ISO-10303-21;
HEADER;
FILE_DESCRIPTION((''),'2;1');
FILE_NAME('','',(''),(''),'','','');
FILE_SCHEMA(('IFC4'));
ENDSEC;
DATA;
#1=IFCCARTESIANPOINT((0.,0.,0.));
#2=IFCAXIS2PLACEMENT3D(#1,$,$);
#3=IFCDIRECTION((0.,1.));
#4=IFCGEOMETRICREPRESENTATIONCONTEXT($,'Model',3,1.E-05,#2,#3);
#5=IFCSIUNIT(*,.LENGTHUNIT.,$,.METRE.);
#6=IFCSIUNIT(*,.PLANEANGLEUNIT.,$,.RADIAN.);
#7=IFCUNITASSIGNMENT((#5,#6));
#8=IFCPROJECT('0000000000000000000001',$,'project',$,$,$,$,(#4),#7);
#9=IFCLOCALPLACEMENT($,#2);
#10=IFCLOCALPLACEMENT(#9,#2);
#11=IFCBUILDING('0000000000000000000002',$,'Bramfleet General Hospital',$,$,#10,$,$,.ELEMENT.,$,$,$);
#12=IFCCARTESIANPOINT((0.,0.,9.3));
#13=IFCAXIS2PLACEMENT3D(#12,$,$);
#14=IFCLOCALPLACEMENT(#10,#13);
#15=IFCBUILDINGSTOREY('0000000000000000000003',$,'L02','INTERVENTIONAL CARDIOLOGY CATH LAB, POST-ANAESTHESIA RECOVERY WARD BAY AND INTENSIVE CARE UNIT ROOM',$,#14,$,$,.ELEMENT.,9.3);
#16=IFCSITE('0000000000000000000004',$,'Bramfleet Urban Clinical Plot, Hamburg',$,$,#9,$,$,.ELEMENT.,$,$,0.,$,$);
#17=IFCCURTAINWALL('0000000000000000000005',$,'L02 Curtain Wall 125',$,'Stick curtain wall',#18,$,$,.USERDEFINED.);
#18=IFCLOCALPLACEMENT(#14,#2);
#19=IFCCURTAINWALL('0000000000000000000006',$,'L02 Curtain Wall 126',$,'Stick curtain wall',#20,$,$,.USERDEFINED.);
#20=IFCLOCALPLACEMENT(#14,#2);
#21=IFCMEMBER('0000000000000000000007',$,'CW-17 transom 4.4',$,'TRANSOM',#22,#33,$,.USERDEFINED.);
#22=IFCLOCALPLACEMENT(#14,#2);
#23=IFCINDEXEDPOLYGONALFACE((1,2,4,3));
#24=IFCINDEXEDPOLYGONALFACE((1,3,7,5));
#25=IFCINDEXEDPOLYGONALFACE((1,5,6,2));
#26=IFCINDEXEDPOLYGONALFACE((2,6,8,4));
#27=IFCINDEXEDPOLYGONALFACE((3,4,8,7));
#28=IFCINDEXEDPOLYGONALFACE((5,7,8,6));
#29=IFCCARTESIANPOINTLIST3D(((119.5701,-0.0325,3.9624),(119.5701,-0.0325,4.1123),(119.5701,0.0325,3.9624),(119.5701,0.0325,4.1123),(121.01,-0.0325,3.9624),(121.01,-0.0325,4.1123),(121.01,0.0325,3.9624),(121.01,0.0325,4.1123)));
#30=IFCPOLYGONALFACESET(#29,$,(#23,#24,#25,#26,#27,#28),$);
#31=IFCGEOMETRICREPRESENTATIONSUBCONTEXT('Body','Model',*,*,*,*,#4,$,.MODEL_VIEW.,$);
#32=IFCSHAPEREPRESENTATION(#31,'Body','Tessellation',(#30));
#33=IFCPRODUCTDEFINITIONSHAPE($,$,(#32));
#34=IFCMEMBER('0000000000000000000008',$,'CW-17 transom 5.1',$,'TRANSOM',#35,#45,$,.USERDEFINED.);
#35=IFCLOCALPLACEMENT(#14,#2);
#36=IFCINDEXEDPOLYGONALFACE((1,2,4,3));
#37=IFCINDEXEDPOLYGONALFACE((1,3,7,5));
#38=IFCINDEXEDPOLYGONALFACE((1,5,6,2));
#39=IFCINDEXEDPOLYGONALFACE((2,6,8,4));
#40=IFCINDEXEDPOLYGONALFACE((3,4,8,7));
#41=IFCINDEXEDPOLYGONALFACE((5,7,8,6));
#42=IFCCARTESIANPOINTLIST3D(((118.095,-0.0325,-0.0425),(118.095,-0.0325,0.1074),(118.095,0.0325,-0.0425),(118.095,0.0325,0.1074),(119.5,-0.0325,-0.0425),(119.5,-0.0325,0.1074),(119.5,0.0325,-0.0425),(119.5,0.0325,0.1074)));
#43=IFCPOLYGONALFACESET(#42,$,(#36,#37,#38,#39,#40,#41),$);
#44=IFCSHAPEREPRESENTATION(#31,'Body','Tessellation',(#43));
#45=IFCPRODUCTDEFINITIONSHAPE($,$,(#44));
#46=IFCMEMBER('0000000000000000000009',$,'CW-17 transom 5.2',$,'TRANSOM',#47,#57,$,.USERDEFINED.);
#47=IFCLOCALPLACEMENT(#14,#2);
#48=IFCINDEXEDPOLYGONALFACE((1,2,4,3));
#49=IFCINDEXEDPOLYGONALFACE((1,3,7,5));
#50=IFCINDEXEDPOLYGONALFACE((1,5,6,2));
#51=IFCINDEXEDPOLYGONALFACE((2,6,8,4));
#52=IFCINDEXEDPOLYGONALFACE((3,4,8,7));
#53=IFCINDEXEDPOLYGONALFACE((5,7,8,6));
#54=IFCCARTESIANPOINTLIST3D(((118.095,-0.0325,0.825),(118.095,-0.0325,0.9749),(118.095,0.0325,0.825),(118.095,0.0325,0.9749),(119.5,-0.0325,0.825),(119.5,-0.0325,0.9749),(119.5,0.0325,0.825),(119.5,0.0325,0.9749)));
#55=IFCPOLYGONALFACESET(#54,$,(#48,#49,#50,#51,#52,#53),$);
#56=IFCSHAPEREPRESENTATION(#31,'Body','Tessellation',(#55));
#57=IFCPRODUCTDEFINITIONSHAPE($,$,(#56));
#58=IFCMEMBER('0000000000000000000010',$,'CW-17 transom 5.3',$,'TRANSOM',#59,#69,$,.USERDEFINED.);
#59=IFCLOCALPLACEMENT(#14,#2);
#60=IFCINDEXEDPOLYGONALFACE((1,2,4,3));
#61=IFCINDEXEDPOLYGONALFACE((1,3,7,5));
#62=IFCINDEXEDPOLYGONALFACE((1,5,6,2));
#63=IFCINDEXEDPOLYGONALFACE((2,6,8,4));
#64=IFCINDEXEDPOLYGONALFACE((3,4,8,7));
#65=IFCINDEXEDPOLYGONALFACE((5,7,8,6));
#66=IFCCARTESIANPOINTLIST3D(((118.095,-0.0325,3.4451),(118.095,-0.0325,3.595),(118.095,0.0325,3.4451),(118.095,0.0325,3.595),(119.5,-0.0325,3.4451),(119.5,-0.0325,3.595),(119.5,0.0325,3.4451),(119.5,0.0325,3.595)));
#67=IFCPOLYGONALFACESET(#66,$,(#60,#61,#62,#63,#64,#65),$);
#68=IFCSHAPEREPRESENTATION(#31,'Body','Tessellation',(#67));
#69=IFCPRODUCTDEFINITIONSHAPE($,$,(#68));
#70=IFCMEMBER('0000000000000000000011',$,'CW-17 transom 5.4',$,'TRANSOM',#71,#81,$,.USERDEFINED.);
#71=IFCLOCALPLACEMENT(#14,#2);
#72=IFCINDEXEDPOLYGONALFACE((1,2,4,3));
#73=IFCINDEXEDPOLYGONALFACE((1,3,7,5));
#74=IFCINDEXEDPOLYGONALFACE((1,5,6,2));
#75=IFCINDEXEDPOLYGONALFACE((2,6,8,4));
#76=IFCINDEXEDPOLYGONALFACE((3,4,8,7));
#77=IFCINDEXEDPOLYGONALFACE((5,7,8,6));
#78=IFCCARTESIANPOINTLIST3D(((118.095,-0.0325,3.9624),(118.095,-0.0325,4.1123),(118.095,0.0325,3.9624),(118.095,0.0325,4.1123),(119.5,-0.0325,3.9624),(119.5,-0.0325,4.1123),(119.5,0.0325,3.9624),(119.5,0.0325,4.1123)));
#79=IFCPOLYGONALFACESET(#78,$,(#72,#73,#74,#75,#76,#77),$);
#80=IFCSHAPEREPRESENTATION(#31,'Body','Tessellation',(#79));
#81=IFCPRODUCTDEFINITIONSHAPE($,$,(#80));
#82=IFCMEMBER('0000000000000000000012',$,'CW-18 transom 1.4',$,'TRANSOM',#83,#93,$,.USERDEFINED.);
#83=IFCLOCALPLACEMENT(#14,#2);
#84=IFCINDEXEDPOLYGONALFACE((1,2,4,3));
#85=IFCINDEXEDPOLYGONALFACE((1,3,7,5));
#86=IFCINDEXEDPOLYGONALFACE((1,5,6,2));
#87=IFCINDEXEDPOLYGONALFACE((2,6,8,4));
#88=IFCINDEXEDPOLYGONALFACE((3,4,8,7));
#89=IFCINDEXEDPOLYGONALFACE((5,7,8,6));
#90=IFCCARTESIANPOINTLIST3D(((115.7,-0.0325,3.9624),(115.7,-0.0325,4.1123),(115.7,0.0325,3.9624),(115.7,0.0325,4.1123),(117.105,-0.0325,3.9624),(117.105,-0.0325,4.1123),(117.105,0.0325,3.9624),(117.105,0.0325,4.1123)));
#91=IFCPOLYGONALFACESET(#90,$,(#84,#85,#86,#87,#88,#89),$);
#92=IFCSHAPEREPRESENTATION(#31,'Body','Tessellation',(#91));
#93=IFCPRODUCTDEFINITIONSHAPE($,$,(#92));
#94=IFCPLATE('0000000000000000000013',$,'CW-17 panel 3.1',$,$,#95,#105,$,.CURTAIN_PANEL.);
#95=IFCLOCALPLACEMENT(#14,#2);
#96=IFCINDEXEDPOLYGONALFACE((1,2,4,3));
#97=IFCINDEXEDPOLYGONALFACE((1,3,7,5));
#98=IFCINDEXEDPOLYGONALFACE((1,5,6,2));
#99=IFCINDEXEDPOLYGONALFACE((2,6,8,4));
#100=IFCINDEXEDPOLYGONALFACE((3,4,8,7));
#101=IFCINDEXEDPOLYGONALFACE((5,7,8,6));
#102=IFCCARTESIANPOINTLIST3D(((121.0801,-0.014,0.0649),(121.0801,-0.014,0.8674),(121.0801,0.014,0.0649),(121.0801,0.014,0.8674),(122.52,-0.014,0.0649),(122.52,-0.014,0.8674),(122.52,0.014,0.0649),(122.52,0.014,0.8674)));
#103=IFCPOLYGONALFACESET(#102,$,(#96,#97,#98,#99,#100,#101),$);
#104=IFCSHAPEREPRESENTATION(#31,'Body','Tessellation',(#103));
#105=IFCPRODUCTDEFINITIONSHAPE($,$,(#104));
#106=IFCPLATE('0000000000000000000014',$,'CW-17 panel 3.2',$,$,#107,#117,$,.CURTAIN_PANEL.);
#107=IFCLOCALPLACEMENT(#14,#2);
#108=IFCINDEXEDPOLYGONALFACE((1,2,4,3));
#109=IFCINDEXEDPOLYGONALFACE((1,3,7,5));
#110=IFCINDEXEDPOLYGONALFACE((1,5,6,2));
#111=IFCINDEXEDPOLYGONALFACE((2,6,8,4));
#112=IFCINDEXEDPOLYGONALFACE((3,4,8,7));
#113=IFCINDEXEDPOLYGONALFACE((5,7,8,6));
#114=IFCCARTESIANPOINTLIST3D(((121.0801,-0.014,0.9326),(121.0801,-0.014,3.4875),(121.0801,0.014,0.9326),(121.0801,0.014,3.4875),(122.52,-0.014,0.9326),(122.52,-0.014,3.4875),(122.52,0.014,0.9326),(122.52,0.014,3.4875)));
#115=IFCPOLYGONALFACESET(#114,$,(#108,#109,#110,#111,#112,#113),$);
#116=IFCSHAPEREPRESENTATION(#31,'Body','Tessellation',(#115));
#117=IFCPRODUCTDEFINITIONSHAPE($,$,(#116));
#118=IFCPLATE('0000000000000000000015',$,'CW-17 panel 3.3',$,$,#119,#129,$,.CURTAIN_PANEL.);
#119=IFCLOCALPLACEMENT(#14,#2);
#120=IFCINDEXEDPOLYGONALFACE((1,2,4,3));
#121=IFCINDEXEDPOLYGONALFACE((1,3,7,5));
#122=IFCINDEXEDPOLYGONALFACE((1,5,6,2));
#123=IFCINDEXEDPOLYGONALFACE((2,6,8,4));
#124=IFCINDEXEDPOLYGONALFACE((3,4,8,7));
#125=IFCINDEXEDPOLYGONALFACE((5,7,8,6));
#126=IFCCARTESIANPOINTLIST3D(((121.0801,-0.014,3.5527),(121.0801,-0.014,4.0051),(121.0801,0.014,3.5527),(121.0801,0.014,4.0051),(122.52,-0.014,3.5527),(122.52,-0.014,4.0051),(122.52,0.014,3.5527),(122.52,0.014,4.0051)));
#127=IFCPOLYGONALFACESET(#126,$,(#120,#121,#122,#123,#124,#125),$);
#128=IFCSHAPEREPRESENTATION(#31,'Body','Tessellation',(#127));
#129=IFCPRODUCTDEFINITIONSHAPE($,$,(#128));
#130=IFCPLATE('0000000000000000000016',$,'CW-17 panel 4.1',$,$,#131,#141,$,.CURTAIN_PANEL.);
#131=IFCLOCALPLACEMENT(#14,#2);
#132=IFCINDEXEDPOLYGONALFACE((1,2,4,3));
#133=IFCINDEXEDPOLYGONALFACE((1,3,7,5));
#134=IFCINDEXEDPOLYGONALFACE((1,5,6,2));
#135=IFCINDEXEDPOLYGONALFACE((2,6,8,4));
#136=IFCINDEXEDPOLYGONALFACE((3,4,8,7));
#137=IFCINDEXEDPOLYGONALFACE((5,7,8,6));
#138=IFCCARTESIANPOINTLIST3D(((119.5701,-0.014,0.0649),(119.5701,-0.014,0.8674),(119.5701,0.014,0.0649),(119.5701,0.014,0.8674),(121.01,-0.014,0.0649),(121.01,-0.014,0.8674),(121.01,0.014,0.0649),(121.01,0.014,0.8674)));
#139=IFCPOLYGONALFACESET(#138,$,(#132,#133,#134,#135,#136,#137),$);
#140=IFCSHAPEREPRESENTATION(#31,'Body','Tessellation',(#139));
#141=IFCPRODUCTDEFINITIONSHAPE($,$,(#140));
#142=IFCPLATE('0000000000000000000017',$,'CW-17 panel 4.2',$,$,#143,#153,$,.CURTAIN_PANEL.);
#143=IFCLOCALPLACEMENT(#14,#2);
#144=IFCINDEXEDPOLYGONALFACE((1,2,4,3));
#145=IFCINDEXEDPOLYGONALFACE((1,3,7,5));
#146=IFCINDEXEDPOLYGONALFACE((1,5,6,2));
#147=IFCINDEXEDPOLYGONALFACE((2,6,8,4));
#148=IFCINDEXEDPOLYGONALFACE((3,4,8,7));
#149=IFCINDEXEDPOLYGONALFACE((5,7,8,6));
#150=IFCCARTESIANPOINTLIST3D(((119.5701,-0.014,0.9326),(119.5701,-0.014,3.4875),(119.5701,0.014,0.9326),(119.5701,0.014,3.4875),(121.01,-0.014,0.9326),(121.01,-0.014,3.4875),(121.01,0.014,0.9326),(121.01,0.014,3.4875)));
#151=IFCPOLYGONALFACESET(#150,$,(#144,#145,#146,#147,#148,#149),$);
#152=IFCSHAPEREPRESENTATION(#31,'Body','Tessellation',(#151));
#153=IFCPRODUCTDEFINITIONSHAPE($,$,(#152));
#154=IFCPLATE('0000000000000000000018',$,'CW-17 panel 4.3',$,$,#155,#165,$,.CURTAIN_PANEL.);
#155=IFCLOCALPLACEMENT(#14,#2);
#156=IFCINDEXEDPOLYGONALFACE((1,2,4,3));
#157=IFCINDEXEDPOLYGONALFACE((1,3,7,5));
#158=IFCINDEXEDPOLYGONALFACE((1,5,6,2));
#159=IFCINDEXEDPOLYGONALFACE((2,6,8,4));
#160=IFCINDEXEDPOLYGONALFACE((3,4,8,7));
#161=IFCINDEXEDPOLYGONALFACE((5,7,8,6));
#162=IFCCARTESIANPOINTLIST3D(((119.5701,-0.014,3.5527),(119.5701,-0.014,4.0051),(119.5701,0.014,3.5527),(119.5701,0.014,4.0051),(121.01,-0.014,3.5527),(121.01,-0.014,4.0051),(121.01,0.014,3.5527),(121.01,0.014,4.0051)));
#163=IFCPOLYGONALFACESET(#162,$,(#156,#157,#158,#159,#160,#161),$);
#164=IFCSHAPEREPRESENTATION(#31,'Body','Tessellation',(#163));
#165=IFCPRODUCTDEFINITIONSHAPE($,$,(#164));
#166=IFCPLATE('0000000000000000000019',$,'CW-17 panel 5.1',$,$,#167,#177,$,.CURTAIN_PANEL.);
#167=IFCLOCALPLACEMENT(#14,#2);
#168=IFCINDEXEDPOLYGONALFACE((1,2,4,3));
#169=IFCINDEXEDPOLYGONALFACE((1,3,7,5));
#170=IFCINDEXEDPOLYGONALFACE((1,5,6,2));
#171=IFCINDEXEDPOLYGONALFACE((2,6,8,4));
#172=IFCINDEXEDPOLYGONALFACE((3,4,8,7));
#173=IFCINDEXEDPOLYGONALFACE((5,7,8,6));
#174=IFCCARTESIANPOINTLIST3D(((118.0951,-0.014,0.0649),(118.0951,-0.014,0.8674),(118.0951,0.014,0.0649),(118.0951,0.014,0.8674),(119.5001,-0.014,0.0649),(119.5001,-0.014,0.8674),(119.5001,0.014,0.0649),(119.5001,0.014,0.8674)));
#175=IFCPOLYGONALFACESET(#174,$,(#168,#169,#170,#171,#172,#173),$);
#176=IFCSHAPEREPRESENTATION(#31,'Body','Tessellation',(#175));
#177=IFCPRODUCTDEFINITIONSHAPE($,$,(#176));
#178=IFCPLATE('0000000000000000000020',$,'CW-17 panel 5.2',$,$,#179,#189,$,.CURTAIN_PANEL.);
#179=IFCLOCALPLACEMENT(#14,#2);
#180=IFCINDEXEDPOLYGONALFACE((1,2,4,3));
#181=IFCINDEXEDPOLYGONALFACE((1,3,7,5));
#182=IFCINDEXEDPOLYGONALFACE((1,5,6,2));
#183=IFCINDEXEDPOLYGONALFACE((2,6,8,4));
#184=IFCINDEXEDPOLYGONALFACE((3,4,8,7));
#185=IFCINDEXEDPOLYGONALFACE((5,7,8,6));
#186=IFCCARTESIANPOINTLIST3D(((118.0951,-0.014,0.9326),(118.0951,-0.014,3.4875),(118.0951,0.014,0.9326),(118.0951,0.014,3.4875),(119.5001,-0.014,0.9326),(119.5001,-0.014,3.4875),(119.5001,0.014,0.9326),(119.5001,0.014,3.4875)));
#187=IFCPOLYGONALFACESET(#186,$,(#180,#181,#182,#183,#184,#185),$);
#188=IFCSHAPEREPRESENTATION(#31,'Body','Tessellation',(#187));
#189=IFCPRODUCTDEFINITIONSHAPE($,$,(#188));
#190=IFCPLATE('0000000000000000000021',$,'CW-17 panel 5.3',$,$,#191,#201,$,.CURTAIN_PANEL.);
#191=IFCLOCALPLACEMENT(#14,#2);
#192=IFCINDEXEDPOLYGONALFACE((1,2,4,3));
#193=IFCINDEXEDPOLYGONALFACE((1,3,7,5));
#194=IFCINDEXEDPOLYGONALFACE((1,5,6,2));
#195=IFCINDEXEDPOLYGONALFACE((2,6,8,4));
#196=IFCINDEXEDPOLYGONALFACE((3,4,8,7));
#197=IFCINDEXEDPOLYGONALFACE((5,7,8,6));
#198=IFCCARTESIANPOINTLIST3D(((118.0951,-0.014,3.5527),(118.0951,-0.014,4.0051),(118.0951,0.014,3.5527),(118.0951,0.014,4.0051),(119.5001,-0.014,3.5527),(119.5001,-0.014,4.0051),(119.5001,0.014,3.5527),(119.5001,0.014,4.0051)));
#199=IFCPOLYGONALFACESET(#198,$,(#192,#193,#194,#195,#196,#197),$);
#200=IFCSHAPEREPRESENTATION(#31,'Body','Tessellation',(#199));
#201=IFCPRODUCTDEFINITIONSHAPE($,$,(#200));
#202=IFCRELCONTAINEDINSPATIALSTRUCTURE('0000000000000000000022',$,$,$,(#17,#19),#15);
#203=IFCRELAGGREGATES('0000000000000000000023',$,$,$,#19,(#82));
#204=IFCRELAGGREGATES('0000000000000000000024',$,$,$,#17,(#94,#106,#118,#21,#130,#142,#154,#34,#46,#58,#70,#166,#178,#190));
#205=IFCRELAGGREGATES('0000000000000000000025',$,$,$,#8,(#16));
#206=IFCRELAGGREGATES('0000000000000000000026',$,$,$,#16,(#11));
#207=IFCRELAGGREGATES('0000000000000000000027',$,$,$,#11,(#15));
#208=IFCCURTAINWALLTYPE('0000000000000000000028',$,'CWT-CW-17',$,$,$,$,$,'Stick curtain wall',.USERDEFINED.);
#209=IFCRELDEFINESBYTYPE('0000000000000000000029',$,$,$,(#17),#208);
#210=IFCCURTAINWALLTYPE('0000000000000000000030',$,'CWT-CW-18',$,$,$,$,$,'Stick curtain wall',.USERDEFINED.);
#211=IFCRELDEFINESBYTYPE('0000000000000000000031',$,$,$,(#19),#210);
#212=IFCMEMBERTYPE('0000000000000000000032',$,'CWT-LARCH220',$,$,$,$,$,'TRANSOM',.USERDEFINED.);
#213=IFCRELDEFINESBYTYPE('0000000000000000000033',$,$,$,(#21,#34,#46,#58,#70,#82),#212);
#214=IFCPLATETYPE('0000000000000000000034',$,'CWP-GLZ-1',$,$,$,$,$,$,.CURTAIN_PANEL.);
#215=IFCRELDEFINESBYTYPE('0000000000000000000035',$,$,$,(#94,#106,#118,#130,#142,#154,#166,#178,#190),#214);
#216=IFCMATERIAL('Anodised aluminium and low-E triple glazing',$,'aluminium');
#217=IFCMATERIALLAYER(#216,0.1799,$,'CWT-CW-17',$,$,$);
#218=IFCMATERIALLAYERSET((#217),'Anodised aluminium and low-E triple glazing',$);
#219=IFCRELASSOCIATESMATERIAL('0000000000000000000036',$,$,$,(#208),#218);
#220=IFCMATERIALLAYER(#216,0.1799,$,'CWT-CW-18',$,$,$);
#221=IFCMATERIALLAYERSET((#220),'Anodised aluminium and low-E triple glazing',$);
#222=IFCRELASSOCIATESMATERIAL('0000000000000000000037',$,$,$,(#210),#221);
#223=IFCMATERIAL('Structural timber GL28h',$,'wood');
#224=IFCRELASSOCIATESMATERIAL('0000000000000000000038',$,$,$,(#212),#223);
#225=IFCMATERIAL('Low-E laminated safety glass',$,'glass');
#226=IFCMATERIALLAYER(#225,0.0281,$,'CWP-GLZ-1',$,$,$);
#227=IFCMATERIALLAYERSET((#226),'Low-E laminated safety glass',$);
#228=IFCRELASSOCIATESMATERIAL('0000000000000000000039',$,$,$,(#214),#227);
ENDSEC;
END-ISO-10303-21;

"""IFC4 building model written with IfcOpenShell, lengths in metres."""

from ifc_helpers import new_model, si_unit, direction, frame, origin, origin_2d, place, context, subcontext, project, spatial, rectangle, extrude, material, layer, layer_set, material_profile, profile_set, type_object, element, aggregate, save


model = new_model("IFC4")

# Units and contexts
model_context = context("Model", 3, precision=1e-05, world=origin(), true_north=direction((0.0, 1.0)))
body_context = subcontext(model_context, "Body", "Model", "MODEL_VIEW")
ifc_project = project(units=[si_unit("LENGTHUNIT", "METRE"), si_unit("PLANEANGLEUNIT", "RADIAN")], contexts=[model_context])

# Site, building, storey
site_placement = place(None, origin())
site = spatial("IfcSite", under=ifc_project, at=site_placement, Name="Bramfleet Urban Clinical Plot, Hamburg", CompositionType="ELEMENT", RefElevation=0.0)
building_placement = place(site_placement, origin())
building = spatial("IfcBuilding", under=site, at=building_placement, Name="Bramfleet General Hospital", CompositionType="ELEMENT")
storey_placement = place(building_placement, frame((0.0, 0.0, 9.3)))
storey = spatial("IfcBuildingStorey", under=building, at=storey_placement, Name="L02", Description="INTERVENTIONAL CARDIOLOGY CATH LAB, POST-ANAESTHESIA RECOVERY WARD BAY AND INTENSIVE CARE UNIT ROOM", CompositionType="ELEMENT", Elevation=9.3)

# Curtain wall
ifc_material_1 = material(Name="Anodised aluminium and low-E triple glazing", Category="aluminium")
ifc_layer_1 = layer(ifc_material_1, 0.1799, Name="CWT-CW-17")
ifc_layer_set_1 = layer_set([ifc_layer_1], Name="Anodised aluminium and low-E triple glazing")
curtain_wall_type_1 = type_object("IfcCurtainWallType", Name="CWT-CW-17", ElementType="Stick curtain wall", PredefinedType="USERDEFINED", material=ifc_layer_set_1)
curtain_wall_1_placement = place(storey_placement, origin())
curtain_wall_1 = element("IfcCurtainWall", 1, at=curtain_wall_1_placement, inside=storey, type_object=curtain_wall_type_1, Name="L02 Curtain Wall 125", ObjectType="Stick curtain wall", PredefinedType="USERDEFINED")
ifc_material_2 = material(Name="Structural timber GL28h", Category="wood")

# Curtain wall
ifc_layer_2 = layer(ifc_material_1, 0.1799, Name="CWT-CW-18")
ifc_layer_set_2 = layer_set([ifc_layer_2], Name="Anodised aluminium and low-E triple glazing")
curtain_wall_type_2 = type_object("IfcCurtainWallType", Name="CWT-CW-18", ElementType="Stick curtain wall", PredefinedType="USERDEFINED", material=ifc_layer_set_2)
curtain_wall_2_placement = place(storey_placement, origin())
curtain_wall_2 = element("IfcCurtainWall", 2, at=curtain_wall_2_placement, inside=storey, type_object=curtain_wall_type_2, Name="L02 Curtain Wall 126", ObjectType="Stick curtain wall", PredefinedType="USERDEFINED")

# Members
ifc_material_profile_1 = material_profile(ifc_material_2, rectangle(XDim=0.0649, YDim=0.1499, at=origin_2d()), Name="LARCH 150x65")
ifc_profile_set_1 = profile_set([ifc_material_profile_1], Name="Structural timber GL28h")
member_type_1 = type_object("IfcMemberType", Name="CWT-LARCH220", ElementType="TRANSOM", PredefinedType="USERDEFINED", material=ifc_profile_set_1)
member_1_placement = place(storey_placement, frame((121.01, 0.0, 4.0374), z_axis=(-1.0, 0.0, 0.0), x_axis=(0.0, -1.0, 0.0)))
member_1 = element("IfcMember", 3, at=member_1_placement, type_object=member_type_1, Name="CW-17 transom 4.4", ObjectType="TRANSOM", PredefinedType="USERDEFINED", context=body_context, shape_type="SweptSolid", body=[
    extrude(rectangle(XDim=0.0649, YDim=0.1499, at=origin_2d()), origin(), (0.0, 0.0, 1.0), 1.4399),
])
member_2_placement = place(storey_placement, frame((119.5, 0.0, 0.0325), z_axis=(-1.0, 0.0, 0.0), x_axis=(0.0, -1.0, 0.0)))
member_2 = element("IfcMember", 4, at=member_2_placement, type_object=member_type_1, Name="CW-17 transom 5.1", ObjectType="TRANSOM", PredefinedType="USERDEFINED", context=body_context, shape_type="SweptSolid", body=[
    extrude(rectangle(XDim=0.0649, YDim=0.1499, at=origin_2d()), origin(), (0.0, 0.0, 1.0), 1.405),
])
member_3_placement = place(storey_placement, frame((119.5, 0.0, 0.8999), z_axis=(-1.0, 0.0, 0.0), x_axis=(0.0, -1.0, 0.0)))
member_3 = element("IfcMember", 5, at=member_3_placement, type_object=member_type_1, Name="CW-17 transom 5.2", ObjectType="TRANSOM", PredefinedType="USERDEFINED", context=body_context, shape_type="SweptSolid", body=[
    extrude(rectangle(XDim=0.0649, YDim=0.1499, at=origin_2d()), origin(), (0.0, 0.0, 1.0), 1.405),
])
member_4_placement = place(storey_placement, frame((119.5, 0.0, 3.52), z_axis=(-1.0, 0.0, 0.0), x_axis=(0.0, -1.0, 0.0)))
member_4 = element("IfcMember", 6, at=member_4_placement, type_object=member_type_1, Name="CW-17 transom 5.3", ObjectType="TRANSOM", PredefinedType="USERDEFINED", context=body_context, shape_type="SweptSolid", body=[
    extrude(rectangle(XDim=0.0649, YDim=0.1499, at=origin_2d()), origin(), (0.0, 0.0, 1.0), 1.405),
])
member_5_placement = place(storey_placement, frame((119.5, 0.0, 4.0374), z_axis=(-1.0, 0.0, 0.0), x_axis=(0.0, -1.0, 0.0)))
member_5 = element("IfcMember", 7, at=member_5_placement, type_object=member_type_1, Name="CW-17 transom 5.4", ObjectType="TRANSOM", PredefinedType="USERDEFINED", context=body_context, shape_type="SweptSolid", body=[
    extrude(rectangle(XDim=0.0649, YDim=0.1499, at=origin_2d()), origin(), (0.0, 0.0, 1.0), 1.405),
])
member_6_placement = place(storey_placement, frame((117.105, 0.0, 4.0374), z_axis=(-1.0, 0.0, 0.0), x_axis=(0.0, -1.0, 0.0)))
member_6 = element("IfcMember", 8, at=member_6_placement, type_object=member_type_1, Name="CW-18 transom 1.4", ObjectType="TRANSOM", PredefinedType="USERDEFINED", context=body_context, shape_type="SweptSolid", body=[
    extrude(rectangle(XDim=0.0649, YDim=0.1499, at=origin_2d()), origin(), (0.0, 0.0, 1.0), 1.405),
])
aggregate(curtain_wall_2, [member_6])

# Plates
ifc_material_3 = material(Name="Low-E laminated safety glass", Category="glass")
ifc_layer_3 = layer(ifc_material_3, 0.0281, Name="CWP-GLZ-1")
ifc_layer_set_3 = layer_set([ifc_layer_3], Name="Low-E laminated safety glass")
plate_type = type_object("IfcPlateType", Name="CWP-GLZ-1", PredefinedType="CURTAIN_PANEL", material=ifc_layer_set_3)
plate_1_placement = place(storey_placement, frame((121.8, 0.0, 0.0649), z_axis=(0.0, 0.0, 1.0), x_axis=(-1.0, 0.0, 0.0)))
plate_1 = element("IfcPlate", 9, at=plate_1_placement, type_object=plate_type, Name="CW-17 panel 3.1", PredefinedType="CURTAIN_PANEL", context=body_context, shape_type="SweptSolid", body=[
    extrude(rectangle(XDim=1.4399, YDim=0.0281, at=origin_2d()), origin(), (0.0, 0.0, 1.0), 0.8025),
])
plate_2_placement = place(storey_placement, frame((121.8, 0.0, 0.9326), z_axis=(0.0, 0.0, 1.0), x_axis=(-1.0, 0.0, 0.0)))
plate_2 = element("IfcPlate", 10, at=plate_2_placement, type_object=plate_type, Name="CW-17 panel 3.2", PredefinedType="CURTAIN_PANEL", context=body_context, shape_type="SweptSolid", body=[
    extrude(rectangle(XDim=1.4399, YDim=0.0281, at=origin_2d()), origin(), (0.0, 0.0, 1.0), 2.5549),
])
plate_3_placement = place(storey_placement, frame((121.8, 0.0, 3.5527), z_axis=(0.0, 0.0, 1.0), x_axis=(-1.0, 0.0, 0.0)))
plate_3 = element("IfcPlate", 11, at=plate_3_placement, type_object=plate_type, Name="CW-17 panel 3.3", PredefinedType="CURTAIN_PANEL", context=body_context, shape_type="SweptSolid", body=[
    extrude(rectangle(XDim=1.4399, YDim=0.0281, at=origin_2d()), origin(), (0.0, 0.0, 1.0), 0.4524),
])
plate_4_placement = place(storey_placement, frame((120.29, 0.0, 0.0649), z_axis=(0.0, 0.0, 1.0), x_axis=(-1.0, 0.0, 0.0)))
plate_4 = element("IfcPlate", 12, at=plate_4_placement, type_object=plate_type, Name="CW-17 panel 4.1", PredefinedType="CURTAIN_PANEL", context=body_context, shape_type="SweptSolid", body=[
    extrude(rectangle(XDim=1.4399, YDim=0.0281, at=origin_2d()), origin(), (0.0, 0.0, 1.0), 0.8025),
])
plate_5_placement = place(storey_placement, frame((120.29, 0.0, 0.9326), z_axis=(0.0, 0.0, 1.0), x_axis=(-1.0, 0.0, 0.0)))
plate_5 = element("IfcPlate", 13, at=plate_5_placement, type_object=plate_type, Name="CW-17 panel 4.2", PredefinedType="CURTAIN_PANEL", context=body_context, shape_type="SweptSolid", body=[
    extrude(rectangle(XDim=1.4399, YDim=0.0281, at=origin_2d()), origin(), (0.0, 0.0, 1.0), 2.5549),
])
plate_6_placement = place(storey_placement, frame((120.29, 0.0, 3.5527), z_axis=(0.0, 0.0, 1.0), x_axis=(-1.0, 0.0, 0.0)))
plate_6 = element("IfcPlate", 14, at=plate_6_placement, type_object=plate_type, Name="CW-17 panel 4.3", PredefinedType="CURTAIN_PANEL", context=body_context, shape_type="SweptSolid", body=[
    extrude(rectangle(XDim=1.4399, YDim=0.0281, at=origin_2d()), origin(), (0.0, 0.0, 1.0), 0.4524),
])
plate_7_placement = place(storey_placement, frame((118.7976, 0.0, 0.0649), z_axis=(0.0, 0.0, 1.0), x_axis=(-1.0, 0.0, 0.0)))
plate_7 = element("IfcPlate", 15, at=plate_7_placement, type_object=plate_type, Name="CW-17 panel 5.1", PredefinedType="CURTAIN_PANEL", context=body_context, shape_type="SweptSolid", body=[
    extrude(rectangle(XDim=1.405, YDim=0.0281, at=origin_2d()), origin(), (0.0, 0.0, 1.0), 0.8025),
])
plate_8_placement = place(storey_placement, frame((118.7976, 0.0, 0.9326), z_axis=(0.0, 0.0, 1.0), x_axis=(-1.0, 0.0, 0.0)))
plate_8 = element("IfcPlate", 16, at=plate_8_placement, type_object=plate_type, Name="CW-17 panel 5.2", PredefinedType="CURTAIN_PANEL", context=body_context, shape_type="SweptSolid", body=[
    extrude(rectangle(XDim=1.405, YDim=0.0281, at=origin_2d()), origin(), (0.0, 0.0, 1.0), 2.5549),
])
plate_9_placement = place(storey_placement, frame((118.7976, 0.0, 3.5527), z_axis=(0.0, 0.0, 1.0), x_axis=(-1.0, 0.0, 0.0)))
plate_9 = element("IfcPlate", 17, at=plate_9_placement, type_object=plate_type, Name="CW-17 panel 5.3", PredefinedType="CURTAIN_PANEL", context=body_context, shape_type="SweptSolid", body=[
    extrude(rectangle(XDim=1.405, YDim=0.0281, at=origin_2d()), origin(), (0.0, 0.0, 1.0), 0.4524),
])
aggregate(curtain_wall_1, [plate_1, plate_2, plate_3, member_1, plate_4, plate_5, plate_6, member_2, member_3, member_4, member_5, plate_7, plate_8, plate_9])

save(model, "model.ifc")
